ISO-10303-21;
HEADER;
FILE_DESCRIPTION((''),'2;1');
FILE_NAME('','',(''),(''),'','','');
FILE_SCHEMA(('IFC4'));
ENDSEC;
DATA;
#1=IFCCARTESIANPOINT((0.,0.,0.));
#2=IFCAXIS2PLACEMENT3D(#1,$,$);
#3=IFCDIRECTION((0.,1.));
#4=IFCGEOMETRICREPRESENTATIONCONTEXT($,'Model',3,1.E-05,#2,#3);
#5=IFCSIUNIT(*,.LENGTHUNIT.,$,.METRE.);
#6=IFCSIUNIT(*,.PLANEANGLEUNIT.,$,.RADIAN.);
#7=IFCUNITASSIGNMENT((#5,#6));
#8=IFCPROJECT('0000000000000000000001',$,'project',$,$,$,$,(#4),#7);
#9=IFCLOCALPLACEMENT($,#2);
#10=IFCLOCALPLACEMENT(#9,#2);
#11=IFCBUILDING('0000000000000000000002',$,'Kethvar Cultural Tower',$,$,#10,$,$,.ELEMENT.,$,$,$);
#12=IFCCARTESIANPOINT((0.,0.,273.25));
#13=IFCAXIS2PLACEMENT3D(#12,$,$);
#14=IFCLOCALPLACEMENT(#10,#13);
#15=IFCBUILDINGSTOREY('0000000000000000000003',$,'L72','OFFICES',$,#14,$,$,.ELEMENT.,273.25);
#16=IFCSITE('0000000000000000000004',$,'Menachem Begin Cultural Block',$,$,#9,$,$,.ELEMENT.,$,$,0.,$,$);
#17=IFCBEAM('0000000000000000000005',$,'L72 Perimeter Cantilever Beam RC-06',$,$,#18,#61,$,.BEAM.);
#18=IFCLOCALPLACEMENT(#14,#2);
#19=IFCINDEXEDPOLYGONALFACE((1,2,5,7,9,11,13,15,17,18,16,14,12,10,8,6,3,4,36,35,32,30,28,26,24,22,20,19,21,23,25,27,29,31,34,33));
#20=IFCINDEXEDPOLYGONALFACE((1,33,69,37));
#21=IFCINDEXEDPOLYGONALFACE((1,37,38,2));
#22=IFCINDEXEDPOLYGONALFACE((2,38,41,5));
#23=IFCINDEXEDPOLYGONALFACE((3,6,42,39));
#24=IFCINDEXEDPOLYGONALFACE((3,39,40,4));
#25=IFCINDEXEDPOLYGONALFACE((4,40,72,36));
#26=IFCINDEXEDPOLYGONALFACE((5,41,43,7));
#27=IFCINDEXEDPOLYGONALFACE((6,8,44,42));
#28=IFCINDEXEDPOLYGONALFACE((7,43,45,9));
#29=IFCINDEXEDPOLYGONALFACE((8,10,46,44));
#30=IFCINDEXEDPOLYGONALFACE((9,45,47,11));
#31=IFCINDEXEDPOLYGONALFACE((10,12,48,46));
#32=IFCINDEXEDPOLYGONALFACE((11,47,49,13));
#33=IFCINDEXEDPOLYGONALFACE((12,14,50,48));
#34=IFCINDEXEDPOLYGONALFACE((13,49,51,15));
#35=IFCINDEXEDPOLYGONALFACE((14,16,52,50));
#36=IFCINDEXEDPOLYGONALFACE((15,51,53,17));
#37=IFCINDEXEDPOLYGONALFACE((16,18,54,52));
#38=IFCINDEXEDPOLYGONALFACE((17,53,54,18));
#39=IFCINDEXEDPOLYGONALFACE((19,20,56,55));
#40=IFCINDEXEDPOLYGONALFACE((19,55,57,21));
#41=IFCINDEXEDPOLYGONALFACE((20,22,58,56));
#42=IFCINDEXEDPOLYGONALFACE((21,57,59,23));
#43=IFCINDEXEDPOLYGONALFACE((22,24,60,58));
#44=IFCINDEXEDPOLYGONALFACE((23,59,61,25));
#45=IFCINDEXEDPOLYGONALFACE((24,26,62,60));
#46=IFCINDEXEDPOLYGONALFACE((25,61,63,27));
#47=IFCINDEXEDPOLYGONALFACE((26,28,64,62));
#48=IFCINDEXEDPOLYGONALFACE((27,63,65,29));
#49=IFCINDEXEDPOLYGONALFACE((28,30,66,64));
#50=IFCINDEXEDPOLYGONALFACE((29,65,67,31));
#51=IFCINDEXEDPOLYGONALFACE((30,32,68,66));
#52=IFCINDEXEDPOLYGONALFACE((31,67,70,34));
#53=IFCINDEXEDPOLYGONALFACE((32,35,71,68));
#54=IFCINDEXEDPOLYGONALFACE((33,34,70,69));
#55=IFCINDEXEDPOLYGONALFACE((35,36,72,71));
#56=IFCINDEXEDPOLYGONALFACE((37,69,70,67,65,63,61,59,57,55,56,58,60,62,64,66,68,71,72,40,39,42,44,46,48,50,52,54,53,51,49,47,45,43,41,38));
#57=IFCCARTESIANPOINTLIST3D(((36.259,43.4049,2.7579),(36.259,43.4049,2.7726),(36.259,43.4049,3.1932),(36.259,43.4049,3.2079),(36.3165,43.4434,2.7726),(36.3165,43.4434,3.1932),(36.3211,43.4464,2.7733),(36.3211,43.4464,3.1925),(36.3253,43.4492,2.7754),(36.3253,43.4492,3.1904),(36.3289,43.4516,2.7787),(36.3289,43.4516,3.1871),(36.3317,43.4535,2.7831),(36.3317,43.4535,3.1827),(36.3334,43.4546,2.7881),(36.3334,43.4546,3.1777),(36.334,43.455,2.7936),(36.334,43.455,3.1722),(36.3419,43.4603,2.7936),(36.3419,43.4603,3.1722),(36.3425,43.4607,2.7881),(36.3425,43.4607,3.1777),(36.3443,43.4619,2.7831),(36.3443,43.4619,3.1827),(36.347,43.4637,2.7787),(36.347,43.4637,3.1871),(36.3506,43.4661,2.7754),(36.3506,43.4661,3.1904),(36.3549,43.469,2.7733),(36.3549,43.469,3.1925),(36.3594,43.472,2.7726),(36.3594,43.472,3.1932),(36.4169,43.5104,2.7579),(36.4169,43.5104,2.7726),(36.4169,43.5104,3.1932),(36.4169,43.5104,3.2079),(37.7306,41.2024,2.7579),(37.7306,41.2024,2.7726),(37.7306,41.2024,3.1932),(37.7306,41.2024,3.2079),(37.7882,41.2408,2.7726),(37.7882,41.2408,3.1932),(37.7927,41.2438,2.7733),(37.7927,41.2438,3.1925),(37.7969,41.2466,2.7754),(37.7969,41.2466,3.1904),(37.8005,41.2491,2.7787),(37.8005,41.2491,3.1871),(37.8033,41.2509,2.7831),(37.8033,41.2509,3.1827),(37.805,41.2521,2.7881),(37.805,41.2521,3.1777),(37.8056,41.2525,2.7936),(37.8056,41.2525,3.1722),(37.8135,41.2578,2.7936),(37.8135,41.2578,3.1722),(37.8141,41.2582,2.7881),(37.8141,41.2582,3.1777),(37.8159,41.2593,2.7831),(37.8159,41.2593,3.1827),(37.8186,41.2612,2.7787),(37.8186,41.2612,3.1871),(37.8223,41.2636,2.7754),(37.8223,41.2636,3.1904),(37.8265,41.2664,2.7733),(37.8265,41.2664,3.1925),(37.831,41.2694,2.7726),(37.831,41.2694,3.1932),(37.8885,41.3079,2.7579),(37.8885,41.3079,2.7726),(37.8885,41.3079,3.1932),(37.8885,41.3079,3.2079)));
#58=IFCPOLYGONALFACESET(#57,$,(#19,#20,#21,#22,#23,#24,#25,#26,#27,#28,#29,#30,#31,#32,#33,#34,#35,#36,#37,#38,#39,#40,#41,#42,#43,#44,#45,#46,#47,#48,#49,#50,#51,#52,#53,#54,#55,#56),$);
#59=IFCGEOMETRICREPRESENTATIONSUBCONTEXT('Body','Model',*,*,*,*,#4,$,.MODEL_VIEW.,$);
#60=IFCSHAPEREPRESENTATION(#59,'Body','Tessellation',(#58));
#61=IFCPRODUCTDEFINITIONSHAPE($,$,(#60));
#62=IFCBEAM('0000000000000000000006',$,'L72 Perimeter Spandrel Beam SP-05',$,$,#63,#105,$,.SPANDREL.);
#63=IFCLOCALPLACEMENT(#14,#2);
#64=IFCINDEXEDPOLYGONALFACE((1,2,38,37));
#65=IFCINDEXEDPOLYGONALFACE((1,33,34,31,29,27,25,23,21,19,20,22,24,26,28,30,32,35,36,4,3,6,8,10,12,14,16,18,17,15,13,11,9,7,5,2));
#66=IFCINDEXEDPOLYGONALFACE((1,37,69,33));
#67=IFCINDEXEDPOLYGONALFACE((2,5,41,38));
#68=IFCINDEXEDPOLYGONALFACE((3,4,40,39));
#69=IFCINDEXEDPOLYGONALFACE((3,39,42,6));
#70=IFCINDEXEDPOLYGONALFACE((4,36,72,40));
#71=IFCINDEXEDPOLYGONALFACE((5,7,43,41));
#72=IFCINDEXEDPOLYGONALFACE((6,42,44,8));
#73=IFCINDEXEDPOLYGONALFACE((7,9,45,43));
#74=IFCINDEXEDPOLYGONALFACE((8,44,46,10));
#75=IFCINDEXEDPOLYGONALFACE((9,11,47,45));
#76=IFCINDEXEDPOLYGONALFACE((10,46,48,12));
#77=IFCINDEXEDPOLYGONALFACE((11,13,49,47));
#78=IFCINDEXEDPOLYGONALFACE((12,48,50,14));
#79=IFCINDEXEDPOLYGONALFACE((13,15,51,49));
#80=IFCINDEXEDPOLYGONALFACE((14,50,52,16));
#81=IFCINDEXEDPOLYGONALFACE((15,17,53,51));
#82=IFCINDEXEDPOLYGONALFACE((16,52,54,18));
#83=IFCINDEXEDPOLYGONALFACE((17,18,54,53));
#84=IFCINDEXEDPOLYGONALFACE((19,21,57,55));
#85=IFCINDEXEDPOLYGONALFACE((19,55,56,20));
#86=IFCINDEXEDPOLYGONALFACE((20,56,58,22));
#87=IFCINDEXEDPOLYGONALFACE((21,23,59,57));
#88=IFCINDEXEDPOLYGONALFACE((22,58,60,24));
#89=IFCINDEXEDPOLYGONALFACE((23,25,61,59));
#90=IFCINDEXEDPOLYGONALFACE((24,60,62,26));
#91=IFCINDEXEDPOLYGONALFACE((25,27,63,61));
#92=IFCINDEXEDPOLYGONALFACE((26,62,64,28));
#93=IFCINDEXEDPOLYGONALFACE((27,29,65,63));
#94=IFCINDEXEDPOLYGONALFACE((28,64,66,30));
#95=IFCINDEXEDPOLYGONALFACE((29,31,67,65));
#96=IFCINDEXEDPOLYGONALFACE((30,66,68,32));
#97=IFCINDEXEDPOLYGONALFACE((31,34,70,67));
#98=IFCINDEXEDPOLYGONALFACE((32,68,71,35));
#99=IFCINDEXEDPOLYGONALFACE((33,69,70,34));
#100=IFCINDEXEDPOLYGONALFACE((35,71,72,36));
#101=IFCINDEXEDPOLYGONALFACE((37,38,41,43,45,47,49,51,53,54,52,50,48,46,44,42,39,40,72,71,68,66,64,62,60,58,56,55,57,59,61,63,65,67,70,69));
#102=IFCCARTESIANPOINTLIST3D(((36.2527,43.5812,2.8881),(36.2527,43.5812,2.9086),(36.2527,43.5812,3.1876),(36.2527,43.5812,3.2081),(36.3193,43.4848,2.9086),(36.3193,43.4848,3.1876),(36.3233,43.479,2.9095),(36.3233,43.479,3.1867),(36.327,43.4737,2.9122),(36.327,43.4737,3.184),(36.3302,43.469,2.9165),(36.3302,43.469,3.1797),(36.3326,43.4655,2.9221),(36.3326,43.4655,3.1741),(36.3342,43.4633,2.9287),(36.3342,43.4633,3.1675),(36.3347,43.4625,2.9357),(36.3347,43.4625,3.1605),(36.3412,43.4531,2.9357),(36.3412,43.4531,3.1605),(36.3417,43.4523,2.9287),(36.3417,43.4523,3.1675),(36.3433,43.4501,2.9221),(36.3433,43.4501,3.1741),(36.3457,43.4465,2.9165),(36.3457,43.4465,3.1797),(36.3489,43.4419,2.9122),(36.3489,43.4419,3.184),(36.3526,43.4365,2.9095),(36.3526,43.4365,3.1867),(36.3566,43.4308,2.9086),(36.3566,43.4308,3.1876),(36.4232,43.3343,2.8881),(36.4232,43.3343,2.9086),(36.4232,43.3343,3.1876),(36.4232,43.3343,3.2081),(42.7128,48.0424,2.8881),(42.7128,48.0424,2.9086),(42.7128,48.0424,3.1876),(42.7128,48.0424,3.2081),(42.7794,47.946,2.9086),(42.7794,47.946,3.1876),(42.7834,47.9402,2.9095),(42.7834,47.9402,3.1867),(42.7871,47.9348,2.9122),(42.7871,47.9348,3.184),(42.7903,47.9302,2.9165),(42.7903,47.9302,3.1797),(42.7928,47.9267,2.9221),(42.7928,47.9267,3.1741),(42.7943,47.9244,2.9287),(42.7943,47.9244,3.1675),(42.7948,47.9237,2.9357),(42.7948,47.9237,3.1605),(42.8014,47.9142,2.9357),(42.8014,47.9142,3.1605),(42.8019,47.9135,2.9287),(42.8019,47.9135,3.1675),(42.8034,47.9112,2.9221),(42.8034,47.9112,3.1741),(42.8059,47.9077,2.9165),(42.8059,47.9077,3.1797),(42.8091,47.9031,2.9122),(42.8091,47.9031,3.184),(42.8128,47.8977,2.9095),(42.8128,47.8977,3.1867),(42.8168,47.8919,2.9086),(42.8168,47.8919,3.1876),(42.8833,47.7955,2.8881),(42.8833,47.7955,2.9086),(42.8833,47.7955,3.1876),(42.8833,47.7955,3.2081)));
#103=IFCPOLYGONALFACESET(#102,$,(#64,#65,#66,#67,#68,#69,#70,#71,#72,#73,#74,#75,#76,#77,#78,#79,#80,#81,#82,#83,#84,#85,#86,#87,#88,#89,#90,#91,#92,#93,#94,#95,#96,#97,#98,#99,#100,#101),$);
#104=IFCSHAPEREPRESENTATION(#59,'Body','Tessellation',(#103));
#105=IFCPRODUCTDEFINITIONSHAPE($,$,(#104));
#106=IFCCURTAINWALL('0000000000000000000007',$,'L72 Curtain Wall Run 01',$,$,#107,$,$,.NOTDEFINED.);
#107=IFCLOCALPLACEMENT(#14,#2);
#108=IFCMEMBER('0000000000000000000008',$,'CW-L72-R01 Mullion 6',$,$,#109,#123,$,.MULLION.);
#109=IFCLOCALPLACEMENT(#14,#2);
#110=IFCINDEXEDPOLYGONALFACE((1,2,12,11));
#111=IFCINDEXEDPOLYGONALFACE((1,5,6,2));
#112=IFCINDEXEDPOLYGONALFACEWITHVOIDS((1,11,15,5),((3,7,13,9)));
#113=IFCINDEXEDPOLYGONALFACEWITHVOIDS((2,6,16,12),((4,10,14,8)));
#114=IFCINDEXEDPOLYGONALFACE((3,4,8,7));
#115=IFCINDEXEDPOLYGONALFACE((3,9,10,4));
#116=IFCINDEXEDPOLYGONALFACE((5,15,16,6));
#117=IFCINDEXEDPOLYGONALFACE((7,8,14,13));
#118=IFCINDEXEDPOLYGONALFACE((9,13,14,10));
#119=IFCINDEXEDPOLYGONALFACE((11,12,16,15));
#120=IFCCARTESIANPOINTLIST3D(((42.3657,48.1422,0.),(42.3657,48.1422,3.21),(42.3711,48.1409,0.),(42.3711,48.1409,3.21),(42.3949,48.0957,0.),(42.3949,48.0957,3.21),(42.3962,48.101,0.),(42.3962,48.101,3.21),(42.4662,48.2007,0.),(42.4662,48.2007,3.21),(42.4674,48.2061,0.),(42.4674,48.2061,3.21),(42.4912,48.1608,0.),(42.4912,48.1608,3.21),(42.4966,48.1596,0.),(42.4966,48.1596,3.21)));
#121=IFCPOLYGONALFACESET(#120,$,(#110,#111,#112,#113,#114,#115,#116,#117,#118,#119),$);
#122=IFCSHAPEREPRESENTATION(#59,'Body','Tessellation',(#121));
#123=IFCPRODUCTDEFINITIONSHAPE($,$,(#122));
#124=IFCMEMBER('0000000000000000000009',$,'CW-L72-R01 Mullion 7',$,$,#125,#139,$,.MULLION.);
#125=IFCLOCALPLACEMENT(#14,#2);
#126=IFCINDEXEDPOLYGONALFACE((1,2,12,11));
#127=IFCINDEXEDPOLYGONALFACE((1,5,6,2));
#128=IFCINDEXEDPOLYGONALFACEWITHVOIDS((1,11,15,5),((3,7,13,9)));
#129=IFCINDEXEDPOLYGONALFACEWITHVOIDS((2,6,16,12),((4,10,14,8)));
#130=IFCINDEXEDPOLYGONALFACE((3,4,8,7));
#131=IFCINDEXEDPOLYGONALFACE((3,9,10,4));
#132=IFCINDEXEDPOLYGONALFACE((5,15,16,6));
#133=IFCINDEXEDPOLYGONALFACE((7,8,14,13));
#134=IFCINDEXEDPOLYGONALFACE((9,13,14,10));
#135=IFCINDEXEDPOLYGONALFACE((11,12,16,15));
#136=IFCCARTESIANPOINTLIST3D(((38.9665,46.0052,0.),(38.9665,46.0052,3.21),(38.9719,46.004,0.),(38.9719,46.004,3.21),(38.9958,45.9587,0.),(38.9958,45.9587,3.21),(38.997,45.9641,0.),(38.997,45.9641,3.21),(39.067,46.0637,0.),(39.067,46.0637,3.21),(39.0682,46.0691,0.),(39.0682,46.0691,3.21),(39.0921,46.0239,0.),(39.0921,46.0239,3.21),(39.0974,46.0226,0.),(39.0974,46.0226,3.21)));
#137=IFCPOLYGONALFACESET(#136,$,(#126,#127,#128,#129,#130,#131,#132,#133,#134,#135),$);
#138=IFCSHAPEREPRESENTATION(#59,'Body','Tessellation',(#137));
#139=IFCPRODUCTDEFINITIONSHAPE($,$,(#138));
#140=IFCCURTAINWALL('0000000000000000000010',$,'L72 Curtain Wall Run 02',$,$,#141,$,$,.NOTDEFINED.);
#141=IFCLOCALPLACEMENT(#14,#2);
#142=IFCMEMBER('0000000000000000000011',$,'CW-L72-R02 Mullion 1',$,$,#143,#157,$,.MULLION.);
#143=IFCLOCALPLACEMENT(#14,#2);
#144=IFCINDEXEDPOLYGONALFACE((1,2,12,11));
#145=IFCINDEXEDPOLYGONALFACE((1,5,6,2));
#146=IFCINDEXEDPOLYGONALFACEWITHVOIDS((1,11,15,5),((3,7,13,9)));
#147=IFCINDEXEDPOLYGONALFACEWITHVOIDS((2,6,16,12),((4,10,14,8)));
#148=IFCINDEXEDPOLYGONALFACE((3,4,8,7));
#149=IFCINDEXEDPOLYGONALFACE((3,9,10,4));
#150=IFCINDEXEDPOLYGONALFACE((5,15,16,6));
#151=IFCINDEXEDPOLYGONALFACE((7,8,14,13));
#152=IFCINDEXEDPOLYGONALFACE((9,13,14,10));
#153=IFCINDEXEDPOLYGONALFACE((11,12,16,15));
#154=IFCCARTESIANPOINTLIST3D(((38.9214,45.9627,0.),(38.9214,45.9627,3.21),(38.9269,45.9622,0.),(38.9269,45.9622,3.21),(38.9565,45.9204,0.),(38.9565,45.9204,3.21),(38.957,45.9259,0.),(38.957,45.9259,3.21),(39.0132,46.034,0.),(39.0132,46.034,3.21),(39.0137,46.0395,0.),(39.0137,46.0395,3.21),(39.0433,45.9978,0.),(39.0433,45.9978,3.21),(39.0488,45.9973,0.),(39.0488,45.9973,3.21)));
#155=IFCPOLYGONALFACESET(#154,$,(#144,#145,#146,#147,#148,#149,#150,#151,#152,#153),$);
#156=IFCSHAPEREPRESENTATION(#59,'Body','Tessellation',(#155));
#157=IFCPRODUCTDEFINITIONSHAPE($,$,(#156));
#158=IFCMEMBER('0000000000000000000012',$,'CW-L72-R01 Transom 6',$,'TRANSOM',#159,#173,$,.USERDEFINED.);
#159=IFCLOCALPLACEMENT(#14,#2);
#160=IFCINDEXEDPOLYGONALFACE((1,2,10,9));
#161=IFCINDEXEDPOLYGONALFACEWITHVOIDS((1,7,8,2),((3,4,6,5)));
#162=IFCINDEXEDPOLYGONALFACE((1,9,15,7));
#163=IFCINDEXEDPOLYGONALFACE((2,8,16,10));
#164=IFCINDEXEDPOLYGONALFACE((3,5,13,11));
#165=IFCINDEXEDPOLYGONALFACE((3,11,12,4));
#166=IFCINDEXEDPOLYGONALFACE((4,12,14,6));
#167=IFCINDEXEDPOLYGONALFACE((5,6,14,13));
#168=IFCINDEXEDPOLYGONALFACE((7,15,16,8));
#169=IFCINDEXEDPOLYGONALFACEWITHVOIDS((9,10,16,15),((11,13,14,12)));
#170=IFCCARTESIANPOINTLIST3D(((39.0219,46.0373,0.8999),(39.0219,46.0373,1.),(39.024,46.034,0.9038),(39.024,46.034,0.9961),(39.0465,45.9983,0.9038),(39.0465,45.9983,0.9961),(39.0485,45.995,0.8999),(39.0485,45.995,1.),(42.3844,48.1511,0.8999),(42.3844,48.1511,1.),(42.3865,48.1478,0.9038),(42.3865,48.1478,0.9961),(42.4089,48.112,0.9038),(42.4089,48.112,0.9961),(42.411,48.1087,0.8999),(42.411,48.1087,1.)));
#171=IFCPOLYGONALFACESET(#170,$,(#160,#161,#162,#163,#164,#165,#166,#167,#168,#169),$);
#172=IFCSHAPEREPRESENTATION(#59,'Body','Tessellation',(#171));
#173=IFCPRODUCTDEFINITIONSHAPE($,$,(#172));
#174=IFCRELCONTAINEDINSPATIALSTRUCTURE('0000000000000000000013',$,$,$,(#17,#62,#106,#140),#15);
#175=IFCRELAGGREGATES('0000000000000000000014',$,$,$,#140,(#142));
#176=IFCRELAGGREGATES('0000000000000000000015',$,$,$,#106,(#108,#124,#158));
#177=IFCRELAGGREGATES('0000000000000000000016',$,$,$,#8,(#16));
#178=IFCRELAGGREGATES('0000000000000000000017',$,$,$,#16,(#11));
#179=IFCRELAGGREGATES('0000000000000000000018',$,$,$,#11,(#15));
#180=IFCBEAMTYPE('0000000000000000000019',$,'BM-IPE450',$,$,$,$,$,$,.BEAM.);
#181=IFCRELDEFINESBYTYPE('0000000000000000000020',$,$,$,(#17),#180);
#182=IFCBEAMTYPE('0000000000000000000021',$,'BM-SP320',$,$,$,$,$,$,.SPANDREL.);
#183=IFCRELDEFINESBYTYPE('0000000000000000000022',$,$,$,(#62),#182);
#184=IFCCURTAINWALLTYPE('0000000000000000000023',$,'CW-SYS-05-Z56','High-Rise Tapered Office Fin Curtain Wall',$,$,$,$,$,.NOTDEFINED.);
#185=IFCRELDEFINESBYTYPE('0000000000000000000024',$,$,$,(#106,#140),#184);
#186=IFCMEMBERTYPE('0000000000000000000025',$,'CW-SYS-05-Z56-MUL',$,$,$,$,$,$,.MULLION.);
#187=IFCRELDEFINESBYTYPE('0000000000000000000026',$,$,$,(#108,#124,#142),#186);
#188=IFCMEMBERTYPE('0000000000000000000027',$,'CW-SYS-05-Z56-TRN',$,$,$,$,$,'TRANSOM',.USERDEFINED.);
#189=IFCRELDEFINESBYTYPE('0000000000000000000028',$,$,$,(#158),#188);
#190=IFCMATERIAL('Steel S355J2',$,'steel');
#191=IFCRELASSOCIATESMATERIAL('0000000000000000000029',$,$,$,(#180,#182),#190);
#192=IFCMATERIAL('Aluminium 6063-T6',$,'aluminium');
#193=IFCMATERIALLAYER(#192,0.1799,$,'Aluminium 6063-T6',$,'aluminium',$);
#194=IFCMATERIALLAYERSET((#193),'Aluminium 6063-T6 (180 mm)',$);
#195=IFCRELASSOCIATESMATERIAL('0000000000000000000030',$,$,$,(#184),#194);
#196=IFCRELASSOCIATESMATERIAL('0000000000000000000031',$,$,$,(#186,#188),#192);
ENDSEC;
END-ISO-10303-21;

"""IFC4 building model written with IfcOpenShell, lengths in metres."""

from ifc_helpers import new_model, si_unit, direction, frame, origin, origin_2d, place, context, subcontext, project, spatial, hollow_rectangle, i_section, extrude, source, transform, mapped, material, layer, layer_set, material_profile, profile_set, type_object, element, aggregate, save


model = new_model("IFC4")

# Units and contexts
model_context = context("Model", 3, precision=1e-05, world=origin(), true_north=direction((0.0, 1.0)))
body_context = subcontext(model_context, "Body", "Model", "MODEL_VIEW")
ifc_project = project(units=[si_unit("LENGTHUNIT", "METRE"), si_unit("PLANEANGLEUNIT", "RADIAN")], contexts=[model_context])

# Site, building, storey
site_placement = place(None, origin())
site = spatial("IfcSite", under=ifc_project, at=site_placement, Name="Menachem Begin Cultural Block", CompositionType="ELEMENT", RefElevation=0.0)
building_placement = place(site_placement, origin())
building = spatial("IfcBuilding", under=site, at=building_placement, Name="Kethvar Cultural Tower", CompositionType="ELEMENT")
storey_placement = place(building_placement, frame((0.0, 0.0, 273.25)))
storey = spatial("IfcBuildingStorey", under=building, at=storey_placement, Name="L72", Description="OFFICES", CompositionType="ELEMENT", Elevation=273.25)

# Shared definitions
ifc_material_1 = material(Name="Steel S355J2", Category="steel")

# Beams
ifc_material_profile_1 = material_profile(ifc_material_1, i_section(OverallWidth=0.1899, OverallDepth=0.45, WebThickness=0.0095, FlangeThickness=0.0146, FilletRadius=0.021, at=origin_2d()), Name="Steel S355J2 — IPE450")
ifc_profile_set_1 = profile_set([ifc_material_profile_1], Name="Steel S355J2 — IPE450")
beam_type_1 = type_object("IfcBeamType", Name="BM-IPE450", PredefinedType="BEAM", material=ifc_profile_set_1)
shared_shape_1 = source(origin(), body_context, "Body", "SweptSolid", [
    extrude(i_section(OverallWidth=0.1899, OverallDepth=0.45, WebThickness=0.0095, FlangeThickness=0.0146, FilletRadius=0.021, at=origin_2d()), origin(), (0.0, 0.0, 1.0), 2.6489),
])
beam_1_placement = place(storey_placement, frame((37.8096, 41.2551, 2.9829), z_axis=(-0.555551, 0.831483, 0.0), x_axis=(-0.831483, -0.555551, 0.0)))
element("IfcBeam", 1, at=beam_1_placement, inside=storey, type_object=beam_type_1, Name="L72 Perimeter Cantilever Beam RC-06", PredefinedType="BEAM", context=body_context, shape_type="MappedRepresentation", body=[
    mapped(shared_shape_1, transform((0.0, 0.0, 0.0), scale=1.0)),
])
ifc_material_profile_2 = material_profile(ifc_material_1, i_section(OverallWidth=0.3, OverallDepth=0.3201, WebThickness=0.0115, FlangeThickness=0.0205, FilletRadius=0.0271, at=origin_2d()), Name="Steel S355J2 — HEB320")
ifc_profile_set_2 = profile_set([ifc_material_profile_2], Name="Steel S355J2 — HEB320")
beam_type_2 = type_object("IfcBeamType", Name="BM-SP320", PredefinedType="SPANDREL", material=ifc_profile_set_2)
shared_shape_2 = source(origin(), body_context, "Body", "SweptSolid", [
    extrude(i_section(OverallWidth=0.3, OverallDepth=0.3201, WebThickness=0.0115, FlangeThickness=0.0205, FilletRadius=0.0271, at=origin_2d()), origin(), (0.0, 0.0, 1.0), 7.8508),
])
beam_2_placement = place(storey_placement, frame((42.7981, 47.9189, 3.0481), z_axis=(-0.822863, -0.568239, 0.0), x_axis=(0.568239, -0.822863, 0.0)))
element("IfcBeam", 2, at=beam_2_placement, inside=storey, type_object=beam_type_2, Name="L72 Perimeter Spandrel Beam SP-05", PredefinedType="SPANDREL", context=body_context, shape_type="MappedRepresentation", body=[
    mapped(shared_shape_2, transform((0.0, 0.0, 0.0), scale=1.0)),
])

# Curtain wall, members
ifc_material_2 = material(Name="Aluminium 6063-T6", Category="aluminium")
ifc_layer_1 = layer(ifc_material_2, 0.1799, Name="Aluminium 6063-T6", Category="aluminium")
ifc_layer_set_1 = layer_set([ifc_layer_1], Name="Aluminium 6063-T6 (180 mm)")
curtain_wall_type = type_object("IfcCurtainWallType", Name="CW-SYS-05-Z56", Description="High-Rise Tapered Office Fin Curtain Wall", PredefinedType="NOTDEFINED", material=ifc_layer_set_1)
curtain_wall_1_placement = place(storey_placement, origin())
curtain_wall_1 = element("IfcCurtainWall", 3, at=curtain_wall_1_placement, inside=storey, type_object=curtain_wall_type, Name="L72 Curtain Wall Run 01", PredefinedType="NOTDEFINED")
ifc_material_profile_3 = material_profile(ifc_material_2, hollow_rectangle(XDim=0.0549, YDim=0.1201, WallThickness=0.0039, at=origin_2d()), Name="Aluminium 6063-T6 — RHS120x55x4")
ifc_profile_set_3 = profile_set([ifc_material_profile_3], Name="Aluminium 6063-T6 — RHS120x55x4")
member_type_1 = type_object("IfcMemberType", Name="CW-SYS-05-Z56-MUL", PredefinedType="MULLION", material=ifc_profile_set_3)
shared_shape_3 = source(origin(), body_context, "Body", "SweptSolid", [
    extrude(hollow_rectangle(XDim=0.0549, YDim=0.1201, WallThickness=0.0039, at=origin_2d()), origin(), (0.0, 0.0, 1.0), 3.21),
])
member_1_placement = place(storey_placement, frame((42.4312, 48.1509, 0.0), z_axis=(0.0, 0.0, 1.0), x_axis=(0.532212, -0.846611, 0.0)))
member_1 = element("IfcMember", 4, at=member_1_placement, type_object=member_type_1, Name="CW-L72-R01 Mullion 6", PredefinedType="MULLION", context=body_context, shape_type="MappedRepresentation", body=[
    mapped(shared_shape_3, transform((0.0, 0.0, 0.0), scale=1.0)),
])
member_2_placement = place(storey_placement, frame((39.032, 46.0139, 0.0), z_axis=(0.0, 0.0, 1.0), x_axis=(0.532212, -0.846611, 0.0)))
member_2 = element("IfcMember", 5, at=member_2_placement, type_object=member_type_1, Name="CW-L72-R01 Mullion 7", PredefinedType="MULLION", context=body_context, shape_type="MappedRepresentation", body=[
    mapped(shared_shape_3, transform((0.0, 0.0, 0.0), scale=1.0)),
])

# Curtain wall, member
curtain_wall_2_placement = place(storey_placement, origin())
curtain_wall_2 = element("IfcCurtainWall", 6, at=curtain_wall_2_placement, inside=storey, type_object=curtain_wall_type, Name="L72 Curtain Wall Run 02", PredefinedType="NOTDEFINED")
member_3_placement = place(storey_placement, frame((38.9851, 45.98, 0.0), z_axis=(0.0, 0.0, 1.0), x_axis=(0.639935, -0.768429, 0.0)))
member_3 = element("IfcMember", 7, at=member_3_placement, type_object=member_type_1, Name="CW-L72-R02 Mullion 1", PredefinedType="MULLION", context=body_context, shape_type="MappedRepresentation", body=[
    mapped(shared_shape_3, transform((0.0, 0.0, 0.0), scale=1.0)),
])

# Member
ifc_material_profile_4 = material_profile(ifc_material_2, hollow_rectangle(XDim=0.05, YDim=0.1001, WallThickness=0.0039, at=origin_2d()), Name="Aluminium 6063-T6 — RHS100x50x4")
ifc_profile_set_4 = profile_set([ifc_material_profile_4], Name="Aluminium 6063-T6 — RHS100x50x4")
member_type_2 = type_object("IfcMemberType", Name="CW-SYS-05-Z56-TRN", ElementType="TRANSOM", PredefinedType="USERDEFINED", material=ifc_profile_set_4)
shared_shape_4 = source(origin(), body_context, "Body", "SweptSolid", [
    extrude(hollow_rectangle(XDim=0.05, YDim=0.1001, WallThickness=0.0039, at=origin_2d()), origin(), (0.0, 0.0, 1.0), 3.9717),
])
member_4_placement = place(storey_placement, frame((42.3977, 48.1299, 0.95), z_axis=(-0.846618, -0.532202, 0.0), x_axis=(0.532202, -0.846618, 0.0)))
member_4 = element("IfcMember", 8, at=member_4_placement, type_object=member_type_2, Name="CW-L72-R01 Transom 6", ObjectType="TRANSOM", PredefinedType="USERDEFINED", context=body_context, shape_type="MappedRepresentation", body=[
    mapped(shared_shape_4, transform((0.0, 0.0, 0.0), scale=1.0)),
])
aggregate(curtain_wall_2, [member_3])

aggregate(curtain_wall_1, [member_1, member_2, member_4])

save(model, "model.ifc")
